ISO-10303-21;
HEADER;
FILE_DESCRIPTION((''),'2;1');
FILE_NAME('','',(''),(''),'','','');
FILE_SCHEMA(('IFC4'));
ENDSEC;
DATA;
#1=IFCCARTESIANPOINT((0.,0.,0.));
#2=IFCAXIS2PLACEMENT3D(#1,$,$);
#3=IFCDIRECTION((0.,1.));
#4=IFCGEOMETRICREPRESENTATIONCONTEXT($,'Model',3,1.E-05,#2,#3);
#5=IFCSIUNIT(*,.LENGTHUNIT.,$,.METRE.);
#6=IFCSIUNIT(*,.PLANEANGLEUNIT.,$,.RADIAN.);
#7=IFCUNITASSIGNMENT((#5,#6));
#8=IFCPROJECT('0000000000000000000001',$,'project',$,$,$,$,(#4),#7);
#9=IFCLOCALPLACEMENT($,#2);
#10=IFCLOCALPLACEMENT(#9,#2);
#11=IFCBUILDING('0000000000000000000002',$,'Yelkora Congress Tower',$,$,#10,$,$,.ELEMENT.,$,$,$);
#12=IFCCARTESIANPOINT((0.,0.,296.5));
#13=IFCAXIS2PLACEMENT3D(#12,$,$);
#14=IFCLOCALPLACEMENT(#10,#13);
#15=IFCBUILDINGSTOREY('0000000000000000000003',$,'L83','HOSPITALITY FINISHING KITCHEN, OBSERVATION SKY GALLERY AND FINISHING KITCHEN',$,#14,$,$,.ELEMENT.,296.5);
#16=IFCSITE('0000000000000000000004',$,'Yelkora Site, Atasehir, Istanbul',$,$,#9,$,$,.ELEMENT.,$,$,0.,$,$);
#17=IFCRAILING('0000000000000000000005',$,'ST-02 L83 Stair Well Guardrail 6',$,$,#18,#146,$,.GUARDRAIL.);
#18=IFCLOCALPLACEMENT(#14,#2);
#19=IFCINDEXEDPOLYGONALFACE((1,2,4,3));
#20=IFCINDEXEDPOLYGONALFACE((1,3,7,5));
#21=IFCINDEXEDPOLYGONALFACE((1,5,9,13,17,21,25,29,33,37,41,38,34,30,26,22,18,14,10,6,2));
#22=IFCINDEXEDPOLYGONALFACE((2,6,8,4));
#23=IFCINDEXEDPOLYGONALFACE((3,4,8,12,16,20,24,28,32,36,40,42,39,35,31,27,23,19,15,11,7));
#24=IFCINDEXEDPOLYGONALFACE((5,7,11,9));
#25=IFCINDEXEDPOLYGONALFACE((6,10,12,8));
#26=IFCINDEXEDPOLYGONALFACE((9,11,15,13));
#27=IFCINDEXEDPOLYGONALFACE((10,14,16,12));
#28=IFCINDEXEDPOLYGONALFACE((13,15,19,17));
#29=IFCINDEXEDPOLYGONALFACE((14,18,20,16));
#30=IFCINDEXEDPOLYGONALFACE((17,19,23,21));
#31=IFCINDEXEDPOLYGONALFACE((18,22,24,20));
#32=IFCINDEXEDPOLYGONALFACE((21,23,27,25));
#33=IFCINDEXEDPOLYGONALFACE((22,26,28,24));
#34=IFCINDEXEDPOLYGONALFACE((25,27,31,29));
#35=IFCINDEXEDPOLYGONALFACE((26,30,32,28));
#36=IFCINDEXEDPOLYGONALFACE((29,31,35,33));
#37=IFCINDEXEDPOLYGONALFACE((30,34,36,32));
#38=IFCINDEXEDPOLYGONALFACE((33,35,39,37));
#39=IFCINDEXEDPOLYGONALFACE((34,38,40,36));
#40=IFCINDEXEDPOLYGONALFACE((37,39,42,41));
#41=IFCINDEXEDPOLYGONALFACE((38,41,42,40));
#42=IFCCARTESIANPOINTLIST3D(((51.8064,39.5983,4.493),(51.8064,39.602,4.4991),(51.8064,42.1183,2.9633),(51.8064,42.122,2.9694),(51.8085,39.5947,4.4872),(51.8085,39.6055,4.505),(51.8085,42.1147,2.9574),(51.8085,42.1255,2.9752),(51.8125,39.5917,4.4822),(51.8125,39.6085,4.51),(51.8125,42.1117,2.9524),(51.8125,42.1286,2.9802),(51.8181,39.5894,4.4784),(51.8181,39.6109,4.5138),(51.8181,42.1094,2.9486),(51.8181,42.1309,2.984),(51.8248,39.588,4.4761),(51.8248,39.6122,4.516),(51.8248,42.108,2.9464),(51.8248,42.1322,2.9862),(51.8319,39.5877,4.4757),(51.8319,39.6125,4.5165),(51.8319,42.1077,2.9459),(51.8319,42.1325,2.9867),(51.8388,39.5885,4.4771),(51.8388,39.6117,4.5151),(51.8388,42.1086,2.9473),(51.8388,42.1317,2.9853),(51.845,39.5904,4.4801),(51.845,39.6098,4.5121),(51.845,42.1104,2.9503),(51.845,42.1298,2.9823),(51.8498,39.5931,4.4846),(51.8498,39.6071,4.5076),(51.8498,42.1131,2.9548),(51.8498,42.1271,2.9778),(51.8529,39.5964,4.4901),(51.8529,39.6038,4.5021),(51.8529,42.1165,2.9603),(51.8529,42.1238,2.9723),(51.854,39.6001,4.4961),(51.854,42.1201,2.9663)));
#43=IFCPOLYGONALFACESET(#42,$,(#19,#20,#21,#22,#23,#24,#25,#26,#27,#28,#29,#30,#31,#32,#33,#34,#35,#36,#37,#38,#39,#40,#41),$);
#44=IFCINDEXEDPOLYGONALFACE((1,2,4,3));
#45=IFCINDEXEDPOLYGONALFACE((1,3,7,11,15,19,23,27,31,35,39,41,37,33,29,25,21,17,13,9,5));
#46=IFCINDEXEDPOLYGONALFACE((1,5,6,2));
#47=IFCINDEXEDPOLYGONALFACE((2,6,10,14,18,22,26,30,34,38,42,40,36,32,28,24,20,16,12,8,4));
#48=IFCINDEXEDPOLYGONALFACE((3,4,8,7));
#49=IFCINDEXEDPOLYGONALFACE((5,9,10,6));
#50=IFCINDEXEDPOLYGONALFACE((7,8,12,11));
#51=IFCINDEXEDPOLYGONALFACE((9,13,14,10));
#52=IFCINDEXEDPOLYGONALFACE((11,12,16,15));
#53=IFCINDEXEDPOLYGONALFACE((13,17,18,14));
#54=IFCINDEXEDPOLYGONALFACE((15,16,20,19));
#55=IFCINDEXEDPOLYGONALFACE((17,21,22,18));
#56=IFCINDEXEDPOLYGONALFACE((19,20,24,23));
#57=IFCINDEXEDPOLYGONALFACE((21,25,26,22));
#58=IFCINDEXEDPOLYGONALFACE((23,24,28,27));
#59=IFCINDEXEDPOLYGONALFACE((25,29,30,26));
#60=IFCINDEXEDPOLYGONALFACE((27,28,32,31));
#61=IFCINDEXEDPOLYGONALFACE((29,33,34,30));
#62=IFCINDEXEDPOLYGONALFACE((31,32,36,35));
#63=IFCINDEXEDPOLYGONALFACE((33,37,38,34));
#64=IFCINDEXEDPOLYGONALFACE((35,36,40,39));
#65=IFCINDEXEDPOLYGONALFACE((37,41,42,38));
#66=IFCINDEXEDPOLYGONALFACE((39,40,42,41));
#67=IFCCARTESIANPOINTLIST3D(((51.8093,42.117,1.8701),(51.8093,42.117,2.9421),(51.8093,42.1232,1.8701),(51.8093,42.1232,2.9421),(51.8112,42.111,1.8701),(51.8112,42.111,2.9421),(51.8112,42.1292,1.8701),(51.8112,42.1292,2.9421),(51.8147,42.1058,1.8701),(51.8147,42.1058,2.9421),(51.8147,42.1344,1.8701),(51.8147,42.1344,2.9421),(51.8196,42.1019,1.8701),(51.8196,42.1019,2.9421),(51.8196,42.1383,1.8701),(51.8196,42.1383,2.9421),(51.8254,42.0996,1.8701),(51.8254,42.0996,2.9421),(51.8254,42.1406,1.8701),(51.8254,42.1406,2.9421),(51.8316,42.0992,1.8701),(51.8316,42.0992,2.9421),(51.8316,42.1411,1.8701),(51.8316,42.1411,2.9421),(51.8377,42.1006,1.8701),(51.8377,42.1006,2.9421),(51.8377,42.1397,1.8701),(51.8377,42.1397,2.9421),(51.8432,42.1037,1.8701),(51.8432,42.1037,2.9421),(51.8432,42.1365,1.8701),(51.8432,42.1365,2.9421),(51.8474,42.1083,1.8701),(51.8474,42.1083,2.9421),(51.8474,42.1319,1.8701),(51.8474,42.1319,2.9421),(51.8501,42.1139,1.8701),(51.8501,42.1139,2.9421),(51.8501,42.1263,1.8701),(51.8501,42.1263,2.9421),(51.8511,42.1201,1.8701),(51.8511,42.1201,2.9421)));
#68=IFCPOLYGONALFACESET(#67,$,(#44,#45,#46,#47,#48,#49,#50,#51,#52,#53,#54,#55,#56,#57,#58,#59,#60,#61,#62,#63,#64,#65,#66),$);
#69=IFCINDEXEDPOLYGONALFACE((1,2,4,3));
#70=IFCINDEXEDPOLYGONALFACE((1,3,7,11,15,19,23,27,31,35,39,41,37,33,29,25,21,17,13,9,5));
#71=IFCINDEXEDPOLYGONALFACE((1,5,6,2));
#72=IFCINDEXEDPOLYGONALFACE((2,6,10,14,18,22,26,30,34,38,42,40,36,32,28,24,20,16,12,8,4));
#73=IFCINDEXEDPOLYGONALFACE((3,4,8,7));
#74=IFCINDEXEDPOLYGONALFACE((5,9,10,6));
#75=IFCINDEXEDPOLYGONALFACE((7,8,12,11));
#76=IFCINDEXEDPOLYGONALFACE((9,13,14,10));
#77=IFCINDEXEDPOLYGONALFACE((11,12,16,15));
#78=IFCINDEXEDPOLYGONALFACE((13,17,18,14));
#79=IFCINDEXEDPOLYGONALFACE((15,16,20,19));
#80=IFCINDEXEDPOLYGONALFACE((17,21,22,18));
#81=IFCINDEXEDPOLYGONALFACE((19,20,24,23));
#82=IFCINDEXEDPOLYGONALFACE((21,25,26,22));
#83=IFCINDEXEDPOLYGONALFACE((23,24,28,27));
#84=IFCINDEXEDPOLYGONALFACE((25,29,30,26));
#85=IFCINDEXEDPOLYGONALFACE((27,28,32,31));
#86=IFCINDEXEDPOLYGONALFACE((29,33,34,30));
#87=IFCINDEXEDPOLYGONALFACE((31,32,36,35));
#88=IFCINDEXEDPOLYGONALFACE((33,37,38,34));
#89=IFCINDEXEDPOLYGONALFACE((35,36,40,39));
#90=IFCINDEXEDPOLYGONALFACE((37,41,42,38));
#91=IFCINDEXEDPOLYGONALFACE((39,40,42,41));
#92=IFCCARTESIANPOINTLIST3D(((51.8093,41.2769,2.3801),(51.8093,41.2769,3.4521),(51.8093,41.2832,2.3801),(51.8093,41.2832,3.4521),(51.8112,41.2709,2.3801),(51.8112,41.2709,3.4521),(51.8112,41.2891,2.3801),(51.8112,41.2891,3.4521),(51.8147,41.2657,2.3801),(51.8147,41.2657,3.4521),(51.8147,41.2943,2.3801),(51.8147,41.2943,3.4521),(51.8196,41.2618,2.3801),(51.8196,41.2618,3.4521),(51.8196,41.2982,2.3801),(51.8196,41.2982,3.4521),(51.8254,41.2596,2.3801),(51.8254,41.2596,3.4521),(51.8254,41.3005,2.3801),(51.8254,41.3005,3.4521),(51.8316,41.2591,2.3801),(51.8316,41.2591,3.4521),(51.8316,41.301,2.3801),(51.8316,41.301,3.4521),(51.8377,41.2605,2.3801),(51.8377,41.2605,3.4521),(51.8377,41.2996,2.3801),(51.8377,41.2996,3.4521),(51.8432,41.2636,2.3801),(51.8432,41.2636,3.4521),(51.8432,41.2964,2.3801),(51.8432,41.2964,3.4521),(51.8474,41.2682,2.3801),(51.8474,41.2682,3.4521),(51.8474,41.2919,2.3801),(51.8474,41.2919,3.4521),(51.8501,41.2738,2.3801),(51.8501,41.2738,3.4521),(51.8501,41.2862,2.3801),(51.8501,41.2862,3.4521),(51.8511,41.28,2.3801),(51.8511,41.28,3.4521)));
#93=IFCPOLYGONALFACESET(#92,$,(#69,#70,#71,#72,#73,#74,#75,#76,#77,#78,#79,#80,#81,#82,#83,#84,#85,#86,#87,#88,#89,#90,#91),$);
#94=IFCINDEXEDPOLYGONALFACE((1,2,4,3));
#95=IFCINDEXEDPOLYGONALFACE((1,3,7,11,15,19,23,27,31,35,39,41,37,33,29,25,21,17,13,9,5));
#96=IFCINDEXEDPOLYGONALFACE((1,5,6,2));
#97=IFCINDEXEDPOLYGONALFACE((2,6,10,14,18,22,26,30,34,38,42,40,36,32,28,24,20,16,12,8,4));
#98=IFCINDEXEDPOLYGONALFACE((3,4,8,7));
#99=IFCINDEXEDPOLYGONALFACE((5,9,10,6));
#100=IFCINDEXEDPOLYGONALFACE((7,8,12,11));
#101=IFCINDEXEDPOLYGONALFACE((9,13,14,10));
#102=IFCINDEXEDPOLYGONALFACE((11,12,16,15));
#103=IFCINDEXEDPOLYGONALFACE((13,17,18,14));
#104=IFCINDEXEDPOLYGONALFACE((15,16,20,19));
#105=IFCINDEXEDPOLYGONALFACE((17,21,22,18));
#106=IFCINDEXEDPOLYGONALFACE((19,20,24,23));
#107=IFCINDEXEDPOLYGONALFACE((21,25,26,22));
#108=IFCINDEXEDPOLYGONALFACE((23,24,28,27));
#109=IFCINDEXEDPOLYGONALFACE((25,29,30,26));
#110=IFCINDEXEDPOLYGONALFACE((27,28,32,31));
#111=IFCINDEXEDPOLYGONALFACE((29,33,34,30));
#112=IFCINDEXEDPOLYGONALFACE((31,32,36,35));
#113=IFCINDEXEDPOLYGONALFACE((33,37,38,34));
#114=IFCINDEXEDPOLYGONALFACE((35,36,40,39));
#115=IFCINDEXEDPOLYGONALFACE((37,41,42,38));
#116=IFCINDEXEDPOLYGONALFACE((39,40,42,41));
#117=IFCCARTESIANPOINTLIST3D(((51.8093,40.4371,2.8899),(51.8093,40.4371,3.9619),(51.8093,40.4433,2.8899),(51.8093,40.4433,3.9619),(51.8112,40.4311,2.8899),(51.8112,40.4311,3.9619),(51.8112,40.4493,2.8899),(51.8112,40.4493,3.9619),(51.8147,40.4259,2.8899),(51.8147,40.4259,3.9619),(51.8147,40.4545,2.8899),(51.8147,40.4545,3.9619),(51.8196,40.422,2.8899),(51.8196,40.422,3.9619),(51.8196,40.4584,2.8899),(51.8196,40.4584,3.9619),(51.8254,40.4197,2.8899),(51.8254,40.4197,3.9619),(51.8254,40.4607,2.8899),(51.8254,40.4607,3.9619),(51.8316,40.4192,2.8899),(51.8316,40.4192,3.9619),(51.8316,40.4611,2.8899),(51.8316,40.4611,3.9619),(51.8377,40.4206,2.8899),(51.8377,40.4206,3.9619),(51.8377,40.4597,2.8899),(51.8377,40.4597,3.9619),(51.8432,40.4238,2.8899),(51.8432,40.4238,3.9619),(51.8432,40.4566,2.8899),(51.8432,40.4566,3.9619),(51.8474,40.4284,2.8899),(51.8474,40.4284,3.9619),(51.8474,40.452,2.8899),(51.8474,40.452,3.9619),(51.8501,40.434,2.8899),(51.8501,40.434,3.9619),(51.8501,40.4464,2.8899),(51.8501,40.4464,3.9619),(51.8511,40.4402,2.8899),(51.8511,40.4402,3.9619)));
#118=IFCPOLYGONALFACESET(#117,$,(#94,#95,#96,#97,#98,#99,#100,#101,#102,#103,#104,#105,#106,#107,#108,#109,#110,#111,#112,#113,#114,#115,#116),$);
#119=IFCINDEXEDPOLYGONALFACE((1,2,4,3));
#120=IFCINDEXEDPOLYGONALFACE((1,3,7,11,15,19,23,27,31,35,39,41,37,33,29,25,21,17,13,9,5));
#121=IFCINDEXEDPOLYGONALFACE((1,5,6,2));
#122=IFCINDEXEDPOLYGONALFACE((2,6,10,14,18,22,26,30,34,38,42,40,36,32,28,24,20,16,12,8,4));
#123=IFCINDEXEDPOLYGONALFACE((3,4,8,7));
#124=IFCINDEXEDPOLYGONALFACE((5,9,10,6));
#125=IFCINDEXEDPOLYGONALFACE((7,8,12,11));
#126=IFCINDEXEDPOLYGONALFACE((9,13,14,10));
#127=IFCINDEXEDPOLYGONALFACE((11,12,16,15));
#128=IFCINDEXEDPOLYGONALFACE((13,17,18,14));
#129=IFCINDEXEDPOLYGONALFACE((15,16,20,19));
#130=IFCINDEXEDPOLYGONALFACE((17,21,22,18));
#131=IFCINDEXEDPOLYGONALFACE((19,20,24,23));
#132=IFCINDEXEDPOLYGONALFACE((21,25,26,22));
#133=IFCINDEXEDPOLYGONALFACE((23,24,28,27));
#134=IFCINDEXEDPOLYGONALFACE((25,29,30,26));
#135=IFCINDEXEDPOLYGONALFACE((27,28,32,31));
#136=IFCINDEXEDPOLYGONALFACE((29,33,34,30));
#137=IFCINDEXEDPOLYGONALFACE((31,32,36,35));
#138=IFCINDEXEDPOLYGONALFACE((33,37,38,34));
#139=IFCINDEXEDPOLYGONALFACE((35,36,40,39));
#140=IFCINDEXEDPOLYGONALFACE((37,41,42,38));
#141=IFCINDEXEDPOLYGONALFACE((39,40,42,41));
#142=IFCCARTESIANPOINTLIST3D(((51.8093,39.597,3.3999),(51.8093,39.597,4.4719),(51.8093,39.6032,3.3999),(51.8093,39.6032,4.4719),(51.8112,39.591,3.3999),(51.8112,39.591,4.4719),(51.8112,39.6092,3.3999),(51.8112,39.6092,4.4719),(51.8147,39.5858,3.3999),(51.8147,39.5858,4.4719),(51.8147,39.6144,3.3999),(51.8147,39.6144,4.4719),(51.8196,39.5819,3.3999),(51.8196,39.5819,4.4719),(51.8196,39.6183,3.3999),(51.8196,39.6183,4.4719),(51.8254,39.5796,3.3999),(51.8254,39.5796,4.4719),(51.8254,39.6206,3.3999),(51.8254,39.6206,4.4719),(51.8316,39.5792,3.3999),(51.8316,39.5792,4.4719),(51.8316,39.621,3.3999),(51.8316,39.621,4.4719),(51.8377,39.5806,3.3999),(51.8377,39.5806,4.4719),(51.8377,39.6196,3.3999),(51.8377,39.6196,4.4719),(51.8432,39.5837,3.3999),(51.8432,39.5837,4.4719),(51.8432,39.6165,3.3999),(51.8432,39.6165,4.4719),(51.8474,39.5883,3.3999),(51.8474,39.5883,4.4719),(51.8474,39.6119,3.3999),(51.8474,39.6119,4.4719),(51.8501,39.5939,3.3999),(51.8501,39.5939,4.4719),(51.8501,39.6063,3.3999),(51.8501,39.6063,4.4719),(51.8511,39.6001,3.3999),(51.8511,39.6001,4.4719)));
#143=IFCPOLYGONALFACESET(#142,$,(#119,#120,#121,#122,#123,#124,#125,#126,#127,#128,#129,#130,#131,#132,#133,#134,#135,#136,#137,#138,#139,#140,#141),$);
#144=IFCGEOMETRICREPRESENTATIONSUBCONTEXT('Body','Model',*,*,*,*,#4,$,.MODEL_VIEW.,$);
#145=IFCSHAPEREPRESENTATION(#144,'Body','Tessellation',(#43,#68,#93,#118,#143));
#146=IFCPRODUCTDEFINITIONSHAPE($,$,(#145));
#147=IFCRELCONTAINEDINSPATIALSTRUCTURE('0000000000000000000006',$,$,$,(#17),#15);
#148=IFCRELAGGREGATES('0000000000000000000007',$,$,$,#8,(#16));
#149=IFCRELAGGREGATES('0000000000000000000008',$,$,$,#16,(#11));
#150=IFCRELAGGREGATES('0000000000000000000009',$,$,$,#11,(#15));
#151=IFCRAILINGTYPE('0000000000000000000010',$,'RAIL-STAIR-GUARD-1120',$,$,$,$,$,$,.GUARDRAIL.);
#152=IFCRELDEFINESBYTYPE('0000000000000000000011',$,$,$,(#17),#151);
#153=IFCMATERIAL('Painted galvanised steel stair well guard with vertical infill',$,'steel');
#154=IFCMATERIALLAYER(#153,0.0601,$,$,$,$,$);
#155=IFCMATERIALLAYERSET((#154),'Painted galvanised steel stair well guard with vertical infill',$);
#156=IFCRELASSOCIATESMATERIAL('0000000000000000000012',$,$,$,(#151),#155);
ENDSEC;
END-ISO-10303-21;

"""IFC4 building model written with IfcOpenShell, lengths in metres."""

from ifc_helpers import new_model, si_unit, direction, frame, origin, origin_2d, place, context, subcontext, project, spatial, circle, extrude, material, layer, layer_set, type_object, element, save


model = new_model("IFC4")

# Units and contexts
model_context = context("Model", 3, precision=1e-05, world=origin(), true_north=direction((0.0, 1.0)))
body_context = subcontext(model_context, "Body", "Model", "MODEL_VIEW")
ifc_project = project(units=[si_unit("LENGTHUNIT", "METRE"), si_unit("PLANEANGLEUNIT", "RADIAN")], contexts=[model_context])

# Site, building, storey
site_placement = place(None, origin())
site = spatial("IfcSite", under=ifc_project, at=site_placement, Name="Yelkora Site, Atasehir, Istanbul", CompositionType="ELEMENT", RefElevation=0.0)
building_placement = place(site_placement, origin())
building = spatial("IfcBuilding", under=site, at=building_placement, Name="Yelkora Congress Tower", CompositionType="ELEMENT")
storey_placement = place(building_placement, frame((0.0, 0.0, 296.5)))
storey = spatial("IfcBuildingStorey", under=building, at=storey_placement, Name="L83", Description="HOSPITALITY FINISHING KITCHEN, OBSERVATION SKY GALLERY AND FINISHING KITCHEN", CompositionType="ELEMENT", Elevation=296.5)

# Railing
ifc_material_1 = material(Name="Painted galvanised steel stair well guard with vertical infill", Category="steel")
ifc_layer_1 = layer(ifc_material_1, 0.0601)
ifc_layer_set_1 = layer_set([ifc_layer_1], Name="Painted galvanised steel stair well guard with vertical infill")
railing_type_1 = type_object("IfcRailingType", Name="RAIL-STAIR-GUARD-1120", PredefinedType="GUARDRAIL", material=ifc_layer_set_1)
railing_1_placement = place(storey_placement, frame((51.8301, 42.1201, 1.8701)))
element("IfcRailing", 1, at=railing_1_placement, inside=storey, type_object=railing_type_1, Name="ST-02 L83 Stair Well Guardrail 6", PredefinedType="GUARDRAIL", context=body_context, shape_type="SweptSolid", body=[
    extrude(circle(Radius=0.0239, at=origin_2d()), frame((0.0, 0.0, 1.0962), z_axis=(0.0, -0.854822, 0.518922), x_axis=(1.0, 0.0, 0.0)), (0.0, 0.0, 1.0), 2.948),
    extrude(circle(Radius=0.021, at=origin_2d()), origin(), (0.0, 0.0, 1.0), 1.072),
    extrude(circle(Radius=0.021, at=origin_2d()), frame((0.0, -0.8401, 0.51)), (0.0, 0.0, 1.0), 1.072),
    extrude(circle(Radius=0.021, at=origin_2d()), frame((0.0, -1.6799, 1.0198)), (0.0, 0.0, 1.0), 1.072),
    extrude(circle(Radius=0.021, at=origin_2d()), frame((0.0, -2.52, 1.5298)), (0.0, 0.0, 1.0), 1.072),
])

save(model, "model.ifc")
